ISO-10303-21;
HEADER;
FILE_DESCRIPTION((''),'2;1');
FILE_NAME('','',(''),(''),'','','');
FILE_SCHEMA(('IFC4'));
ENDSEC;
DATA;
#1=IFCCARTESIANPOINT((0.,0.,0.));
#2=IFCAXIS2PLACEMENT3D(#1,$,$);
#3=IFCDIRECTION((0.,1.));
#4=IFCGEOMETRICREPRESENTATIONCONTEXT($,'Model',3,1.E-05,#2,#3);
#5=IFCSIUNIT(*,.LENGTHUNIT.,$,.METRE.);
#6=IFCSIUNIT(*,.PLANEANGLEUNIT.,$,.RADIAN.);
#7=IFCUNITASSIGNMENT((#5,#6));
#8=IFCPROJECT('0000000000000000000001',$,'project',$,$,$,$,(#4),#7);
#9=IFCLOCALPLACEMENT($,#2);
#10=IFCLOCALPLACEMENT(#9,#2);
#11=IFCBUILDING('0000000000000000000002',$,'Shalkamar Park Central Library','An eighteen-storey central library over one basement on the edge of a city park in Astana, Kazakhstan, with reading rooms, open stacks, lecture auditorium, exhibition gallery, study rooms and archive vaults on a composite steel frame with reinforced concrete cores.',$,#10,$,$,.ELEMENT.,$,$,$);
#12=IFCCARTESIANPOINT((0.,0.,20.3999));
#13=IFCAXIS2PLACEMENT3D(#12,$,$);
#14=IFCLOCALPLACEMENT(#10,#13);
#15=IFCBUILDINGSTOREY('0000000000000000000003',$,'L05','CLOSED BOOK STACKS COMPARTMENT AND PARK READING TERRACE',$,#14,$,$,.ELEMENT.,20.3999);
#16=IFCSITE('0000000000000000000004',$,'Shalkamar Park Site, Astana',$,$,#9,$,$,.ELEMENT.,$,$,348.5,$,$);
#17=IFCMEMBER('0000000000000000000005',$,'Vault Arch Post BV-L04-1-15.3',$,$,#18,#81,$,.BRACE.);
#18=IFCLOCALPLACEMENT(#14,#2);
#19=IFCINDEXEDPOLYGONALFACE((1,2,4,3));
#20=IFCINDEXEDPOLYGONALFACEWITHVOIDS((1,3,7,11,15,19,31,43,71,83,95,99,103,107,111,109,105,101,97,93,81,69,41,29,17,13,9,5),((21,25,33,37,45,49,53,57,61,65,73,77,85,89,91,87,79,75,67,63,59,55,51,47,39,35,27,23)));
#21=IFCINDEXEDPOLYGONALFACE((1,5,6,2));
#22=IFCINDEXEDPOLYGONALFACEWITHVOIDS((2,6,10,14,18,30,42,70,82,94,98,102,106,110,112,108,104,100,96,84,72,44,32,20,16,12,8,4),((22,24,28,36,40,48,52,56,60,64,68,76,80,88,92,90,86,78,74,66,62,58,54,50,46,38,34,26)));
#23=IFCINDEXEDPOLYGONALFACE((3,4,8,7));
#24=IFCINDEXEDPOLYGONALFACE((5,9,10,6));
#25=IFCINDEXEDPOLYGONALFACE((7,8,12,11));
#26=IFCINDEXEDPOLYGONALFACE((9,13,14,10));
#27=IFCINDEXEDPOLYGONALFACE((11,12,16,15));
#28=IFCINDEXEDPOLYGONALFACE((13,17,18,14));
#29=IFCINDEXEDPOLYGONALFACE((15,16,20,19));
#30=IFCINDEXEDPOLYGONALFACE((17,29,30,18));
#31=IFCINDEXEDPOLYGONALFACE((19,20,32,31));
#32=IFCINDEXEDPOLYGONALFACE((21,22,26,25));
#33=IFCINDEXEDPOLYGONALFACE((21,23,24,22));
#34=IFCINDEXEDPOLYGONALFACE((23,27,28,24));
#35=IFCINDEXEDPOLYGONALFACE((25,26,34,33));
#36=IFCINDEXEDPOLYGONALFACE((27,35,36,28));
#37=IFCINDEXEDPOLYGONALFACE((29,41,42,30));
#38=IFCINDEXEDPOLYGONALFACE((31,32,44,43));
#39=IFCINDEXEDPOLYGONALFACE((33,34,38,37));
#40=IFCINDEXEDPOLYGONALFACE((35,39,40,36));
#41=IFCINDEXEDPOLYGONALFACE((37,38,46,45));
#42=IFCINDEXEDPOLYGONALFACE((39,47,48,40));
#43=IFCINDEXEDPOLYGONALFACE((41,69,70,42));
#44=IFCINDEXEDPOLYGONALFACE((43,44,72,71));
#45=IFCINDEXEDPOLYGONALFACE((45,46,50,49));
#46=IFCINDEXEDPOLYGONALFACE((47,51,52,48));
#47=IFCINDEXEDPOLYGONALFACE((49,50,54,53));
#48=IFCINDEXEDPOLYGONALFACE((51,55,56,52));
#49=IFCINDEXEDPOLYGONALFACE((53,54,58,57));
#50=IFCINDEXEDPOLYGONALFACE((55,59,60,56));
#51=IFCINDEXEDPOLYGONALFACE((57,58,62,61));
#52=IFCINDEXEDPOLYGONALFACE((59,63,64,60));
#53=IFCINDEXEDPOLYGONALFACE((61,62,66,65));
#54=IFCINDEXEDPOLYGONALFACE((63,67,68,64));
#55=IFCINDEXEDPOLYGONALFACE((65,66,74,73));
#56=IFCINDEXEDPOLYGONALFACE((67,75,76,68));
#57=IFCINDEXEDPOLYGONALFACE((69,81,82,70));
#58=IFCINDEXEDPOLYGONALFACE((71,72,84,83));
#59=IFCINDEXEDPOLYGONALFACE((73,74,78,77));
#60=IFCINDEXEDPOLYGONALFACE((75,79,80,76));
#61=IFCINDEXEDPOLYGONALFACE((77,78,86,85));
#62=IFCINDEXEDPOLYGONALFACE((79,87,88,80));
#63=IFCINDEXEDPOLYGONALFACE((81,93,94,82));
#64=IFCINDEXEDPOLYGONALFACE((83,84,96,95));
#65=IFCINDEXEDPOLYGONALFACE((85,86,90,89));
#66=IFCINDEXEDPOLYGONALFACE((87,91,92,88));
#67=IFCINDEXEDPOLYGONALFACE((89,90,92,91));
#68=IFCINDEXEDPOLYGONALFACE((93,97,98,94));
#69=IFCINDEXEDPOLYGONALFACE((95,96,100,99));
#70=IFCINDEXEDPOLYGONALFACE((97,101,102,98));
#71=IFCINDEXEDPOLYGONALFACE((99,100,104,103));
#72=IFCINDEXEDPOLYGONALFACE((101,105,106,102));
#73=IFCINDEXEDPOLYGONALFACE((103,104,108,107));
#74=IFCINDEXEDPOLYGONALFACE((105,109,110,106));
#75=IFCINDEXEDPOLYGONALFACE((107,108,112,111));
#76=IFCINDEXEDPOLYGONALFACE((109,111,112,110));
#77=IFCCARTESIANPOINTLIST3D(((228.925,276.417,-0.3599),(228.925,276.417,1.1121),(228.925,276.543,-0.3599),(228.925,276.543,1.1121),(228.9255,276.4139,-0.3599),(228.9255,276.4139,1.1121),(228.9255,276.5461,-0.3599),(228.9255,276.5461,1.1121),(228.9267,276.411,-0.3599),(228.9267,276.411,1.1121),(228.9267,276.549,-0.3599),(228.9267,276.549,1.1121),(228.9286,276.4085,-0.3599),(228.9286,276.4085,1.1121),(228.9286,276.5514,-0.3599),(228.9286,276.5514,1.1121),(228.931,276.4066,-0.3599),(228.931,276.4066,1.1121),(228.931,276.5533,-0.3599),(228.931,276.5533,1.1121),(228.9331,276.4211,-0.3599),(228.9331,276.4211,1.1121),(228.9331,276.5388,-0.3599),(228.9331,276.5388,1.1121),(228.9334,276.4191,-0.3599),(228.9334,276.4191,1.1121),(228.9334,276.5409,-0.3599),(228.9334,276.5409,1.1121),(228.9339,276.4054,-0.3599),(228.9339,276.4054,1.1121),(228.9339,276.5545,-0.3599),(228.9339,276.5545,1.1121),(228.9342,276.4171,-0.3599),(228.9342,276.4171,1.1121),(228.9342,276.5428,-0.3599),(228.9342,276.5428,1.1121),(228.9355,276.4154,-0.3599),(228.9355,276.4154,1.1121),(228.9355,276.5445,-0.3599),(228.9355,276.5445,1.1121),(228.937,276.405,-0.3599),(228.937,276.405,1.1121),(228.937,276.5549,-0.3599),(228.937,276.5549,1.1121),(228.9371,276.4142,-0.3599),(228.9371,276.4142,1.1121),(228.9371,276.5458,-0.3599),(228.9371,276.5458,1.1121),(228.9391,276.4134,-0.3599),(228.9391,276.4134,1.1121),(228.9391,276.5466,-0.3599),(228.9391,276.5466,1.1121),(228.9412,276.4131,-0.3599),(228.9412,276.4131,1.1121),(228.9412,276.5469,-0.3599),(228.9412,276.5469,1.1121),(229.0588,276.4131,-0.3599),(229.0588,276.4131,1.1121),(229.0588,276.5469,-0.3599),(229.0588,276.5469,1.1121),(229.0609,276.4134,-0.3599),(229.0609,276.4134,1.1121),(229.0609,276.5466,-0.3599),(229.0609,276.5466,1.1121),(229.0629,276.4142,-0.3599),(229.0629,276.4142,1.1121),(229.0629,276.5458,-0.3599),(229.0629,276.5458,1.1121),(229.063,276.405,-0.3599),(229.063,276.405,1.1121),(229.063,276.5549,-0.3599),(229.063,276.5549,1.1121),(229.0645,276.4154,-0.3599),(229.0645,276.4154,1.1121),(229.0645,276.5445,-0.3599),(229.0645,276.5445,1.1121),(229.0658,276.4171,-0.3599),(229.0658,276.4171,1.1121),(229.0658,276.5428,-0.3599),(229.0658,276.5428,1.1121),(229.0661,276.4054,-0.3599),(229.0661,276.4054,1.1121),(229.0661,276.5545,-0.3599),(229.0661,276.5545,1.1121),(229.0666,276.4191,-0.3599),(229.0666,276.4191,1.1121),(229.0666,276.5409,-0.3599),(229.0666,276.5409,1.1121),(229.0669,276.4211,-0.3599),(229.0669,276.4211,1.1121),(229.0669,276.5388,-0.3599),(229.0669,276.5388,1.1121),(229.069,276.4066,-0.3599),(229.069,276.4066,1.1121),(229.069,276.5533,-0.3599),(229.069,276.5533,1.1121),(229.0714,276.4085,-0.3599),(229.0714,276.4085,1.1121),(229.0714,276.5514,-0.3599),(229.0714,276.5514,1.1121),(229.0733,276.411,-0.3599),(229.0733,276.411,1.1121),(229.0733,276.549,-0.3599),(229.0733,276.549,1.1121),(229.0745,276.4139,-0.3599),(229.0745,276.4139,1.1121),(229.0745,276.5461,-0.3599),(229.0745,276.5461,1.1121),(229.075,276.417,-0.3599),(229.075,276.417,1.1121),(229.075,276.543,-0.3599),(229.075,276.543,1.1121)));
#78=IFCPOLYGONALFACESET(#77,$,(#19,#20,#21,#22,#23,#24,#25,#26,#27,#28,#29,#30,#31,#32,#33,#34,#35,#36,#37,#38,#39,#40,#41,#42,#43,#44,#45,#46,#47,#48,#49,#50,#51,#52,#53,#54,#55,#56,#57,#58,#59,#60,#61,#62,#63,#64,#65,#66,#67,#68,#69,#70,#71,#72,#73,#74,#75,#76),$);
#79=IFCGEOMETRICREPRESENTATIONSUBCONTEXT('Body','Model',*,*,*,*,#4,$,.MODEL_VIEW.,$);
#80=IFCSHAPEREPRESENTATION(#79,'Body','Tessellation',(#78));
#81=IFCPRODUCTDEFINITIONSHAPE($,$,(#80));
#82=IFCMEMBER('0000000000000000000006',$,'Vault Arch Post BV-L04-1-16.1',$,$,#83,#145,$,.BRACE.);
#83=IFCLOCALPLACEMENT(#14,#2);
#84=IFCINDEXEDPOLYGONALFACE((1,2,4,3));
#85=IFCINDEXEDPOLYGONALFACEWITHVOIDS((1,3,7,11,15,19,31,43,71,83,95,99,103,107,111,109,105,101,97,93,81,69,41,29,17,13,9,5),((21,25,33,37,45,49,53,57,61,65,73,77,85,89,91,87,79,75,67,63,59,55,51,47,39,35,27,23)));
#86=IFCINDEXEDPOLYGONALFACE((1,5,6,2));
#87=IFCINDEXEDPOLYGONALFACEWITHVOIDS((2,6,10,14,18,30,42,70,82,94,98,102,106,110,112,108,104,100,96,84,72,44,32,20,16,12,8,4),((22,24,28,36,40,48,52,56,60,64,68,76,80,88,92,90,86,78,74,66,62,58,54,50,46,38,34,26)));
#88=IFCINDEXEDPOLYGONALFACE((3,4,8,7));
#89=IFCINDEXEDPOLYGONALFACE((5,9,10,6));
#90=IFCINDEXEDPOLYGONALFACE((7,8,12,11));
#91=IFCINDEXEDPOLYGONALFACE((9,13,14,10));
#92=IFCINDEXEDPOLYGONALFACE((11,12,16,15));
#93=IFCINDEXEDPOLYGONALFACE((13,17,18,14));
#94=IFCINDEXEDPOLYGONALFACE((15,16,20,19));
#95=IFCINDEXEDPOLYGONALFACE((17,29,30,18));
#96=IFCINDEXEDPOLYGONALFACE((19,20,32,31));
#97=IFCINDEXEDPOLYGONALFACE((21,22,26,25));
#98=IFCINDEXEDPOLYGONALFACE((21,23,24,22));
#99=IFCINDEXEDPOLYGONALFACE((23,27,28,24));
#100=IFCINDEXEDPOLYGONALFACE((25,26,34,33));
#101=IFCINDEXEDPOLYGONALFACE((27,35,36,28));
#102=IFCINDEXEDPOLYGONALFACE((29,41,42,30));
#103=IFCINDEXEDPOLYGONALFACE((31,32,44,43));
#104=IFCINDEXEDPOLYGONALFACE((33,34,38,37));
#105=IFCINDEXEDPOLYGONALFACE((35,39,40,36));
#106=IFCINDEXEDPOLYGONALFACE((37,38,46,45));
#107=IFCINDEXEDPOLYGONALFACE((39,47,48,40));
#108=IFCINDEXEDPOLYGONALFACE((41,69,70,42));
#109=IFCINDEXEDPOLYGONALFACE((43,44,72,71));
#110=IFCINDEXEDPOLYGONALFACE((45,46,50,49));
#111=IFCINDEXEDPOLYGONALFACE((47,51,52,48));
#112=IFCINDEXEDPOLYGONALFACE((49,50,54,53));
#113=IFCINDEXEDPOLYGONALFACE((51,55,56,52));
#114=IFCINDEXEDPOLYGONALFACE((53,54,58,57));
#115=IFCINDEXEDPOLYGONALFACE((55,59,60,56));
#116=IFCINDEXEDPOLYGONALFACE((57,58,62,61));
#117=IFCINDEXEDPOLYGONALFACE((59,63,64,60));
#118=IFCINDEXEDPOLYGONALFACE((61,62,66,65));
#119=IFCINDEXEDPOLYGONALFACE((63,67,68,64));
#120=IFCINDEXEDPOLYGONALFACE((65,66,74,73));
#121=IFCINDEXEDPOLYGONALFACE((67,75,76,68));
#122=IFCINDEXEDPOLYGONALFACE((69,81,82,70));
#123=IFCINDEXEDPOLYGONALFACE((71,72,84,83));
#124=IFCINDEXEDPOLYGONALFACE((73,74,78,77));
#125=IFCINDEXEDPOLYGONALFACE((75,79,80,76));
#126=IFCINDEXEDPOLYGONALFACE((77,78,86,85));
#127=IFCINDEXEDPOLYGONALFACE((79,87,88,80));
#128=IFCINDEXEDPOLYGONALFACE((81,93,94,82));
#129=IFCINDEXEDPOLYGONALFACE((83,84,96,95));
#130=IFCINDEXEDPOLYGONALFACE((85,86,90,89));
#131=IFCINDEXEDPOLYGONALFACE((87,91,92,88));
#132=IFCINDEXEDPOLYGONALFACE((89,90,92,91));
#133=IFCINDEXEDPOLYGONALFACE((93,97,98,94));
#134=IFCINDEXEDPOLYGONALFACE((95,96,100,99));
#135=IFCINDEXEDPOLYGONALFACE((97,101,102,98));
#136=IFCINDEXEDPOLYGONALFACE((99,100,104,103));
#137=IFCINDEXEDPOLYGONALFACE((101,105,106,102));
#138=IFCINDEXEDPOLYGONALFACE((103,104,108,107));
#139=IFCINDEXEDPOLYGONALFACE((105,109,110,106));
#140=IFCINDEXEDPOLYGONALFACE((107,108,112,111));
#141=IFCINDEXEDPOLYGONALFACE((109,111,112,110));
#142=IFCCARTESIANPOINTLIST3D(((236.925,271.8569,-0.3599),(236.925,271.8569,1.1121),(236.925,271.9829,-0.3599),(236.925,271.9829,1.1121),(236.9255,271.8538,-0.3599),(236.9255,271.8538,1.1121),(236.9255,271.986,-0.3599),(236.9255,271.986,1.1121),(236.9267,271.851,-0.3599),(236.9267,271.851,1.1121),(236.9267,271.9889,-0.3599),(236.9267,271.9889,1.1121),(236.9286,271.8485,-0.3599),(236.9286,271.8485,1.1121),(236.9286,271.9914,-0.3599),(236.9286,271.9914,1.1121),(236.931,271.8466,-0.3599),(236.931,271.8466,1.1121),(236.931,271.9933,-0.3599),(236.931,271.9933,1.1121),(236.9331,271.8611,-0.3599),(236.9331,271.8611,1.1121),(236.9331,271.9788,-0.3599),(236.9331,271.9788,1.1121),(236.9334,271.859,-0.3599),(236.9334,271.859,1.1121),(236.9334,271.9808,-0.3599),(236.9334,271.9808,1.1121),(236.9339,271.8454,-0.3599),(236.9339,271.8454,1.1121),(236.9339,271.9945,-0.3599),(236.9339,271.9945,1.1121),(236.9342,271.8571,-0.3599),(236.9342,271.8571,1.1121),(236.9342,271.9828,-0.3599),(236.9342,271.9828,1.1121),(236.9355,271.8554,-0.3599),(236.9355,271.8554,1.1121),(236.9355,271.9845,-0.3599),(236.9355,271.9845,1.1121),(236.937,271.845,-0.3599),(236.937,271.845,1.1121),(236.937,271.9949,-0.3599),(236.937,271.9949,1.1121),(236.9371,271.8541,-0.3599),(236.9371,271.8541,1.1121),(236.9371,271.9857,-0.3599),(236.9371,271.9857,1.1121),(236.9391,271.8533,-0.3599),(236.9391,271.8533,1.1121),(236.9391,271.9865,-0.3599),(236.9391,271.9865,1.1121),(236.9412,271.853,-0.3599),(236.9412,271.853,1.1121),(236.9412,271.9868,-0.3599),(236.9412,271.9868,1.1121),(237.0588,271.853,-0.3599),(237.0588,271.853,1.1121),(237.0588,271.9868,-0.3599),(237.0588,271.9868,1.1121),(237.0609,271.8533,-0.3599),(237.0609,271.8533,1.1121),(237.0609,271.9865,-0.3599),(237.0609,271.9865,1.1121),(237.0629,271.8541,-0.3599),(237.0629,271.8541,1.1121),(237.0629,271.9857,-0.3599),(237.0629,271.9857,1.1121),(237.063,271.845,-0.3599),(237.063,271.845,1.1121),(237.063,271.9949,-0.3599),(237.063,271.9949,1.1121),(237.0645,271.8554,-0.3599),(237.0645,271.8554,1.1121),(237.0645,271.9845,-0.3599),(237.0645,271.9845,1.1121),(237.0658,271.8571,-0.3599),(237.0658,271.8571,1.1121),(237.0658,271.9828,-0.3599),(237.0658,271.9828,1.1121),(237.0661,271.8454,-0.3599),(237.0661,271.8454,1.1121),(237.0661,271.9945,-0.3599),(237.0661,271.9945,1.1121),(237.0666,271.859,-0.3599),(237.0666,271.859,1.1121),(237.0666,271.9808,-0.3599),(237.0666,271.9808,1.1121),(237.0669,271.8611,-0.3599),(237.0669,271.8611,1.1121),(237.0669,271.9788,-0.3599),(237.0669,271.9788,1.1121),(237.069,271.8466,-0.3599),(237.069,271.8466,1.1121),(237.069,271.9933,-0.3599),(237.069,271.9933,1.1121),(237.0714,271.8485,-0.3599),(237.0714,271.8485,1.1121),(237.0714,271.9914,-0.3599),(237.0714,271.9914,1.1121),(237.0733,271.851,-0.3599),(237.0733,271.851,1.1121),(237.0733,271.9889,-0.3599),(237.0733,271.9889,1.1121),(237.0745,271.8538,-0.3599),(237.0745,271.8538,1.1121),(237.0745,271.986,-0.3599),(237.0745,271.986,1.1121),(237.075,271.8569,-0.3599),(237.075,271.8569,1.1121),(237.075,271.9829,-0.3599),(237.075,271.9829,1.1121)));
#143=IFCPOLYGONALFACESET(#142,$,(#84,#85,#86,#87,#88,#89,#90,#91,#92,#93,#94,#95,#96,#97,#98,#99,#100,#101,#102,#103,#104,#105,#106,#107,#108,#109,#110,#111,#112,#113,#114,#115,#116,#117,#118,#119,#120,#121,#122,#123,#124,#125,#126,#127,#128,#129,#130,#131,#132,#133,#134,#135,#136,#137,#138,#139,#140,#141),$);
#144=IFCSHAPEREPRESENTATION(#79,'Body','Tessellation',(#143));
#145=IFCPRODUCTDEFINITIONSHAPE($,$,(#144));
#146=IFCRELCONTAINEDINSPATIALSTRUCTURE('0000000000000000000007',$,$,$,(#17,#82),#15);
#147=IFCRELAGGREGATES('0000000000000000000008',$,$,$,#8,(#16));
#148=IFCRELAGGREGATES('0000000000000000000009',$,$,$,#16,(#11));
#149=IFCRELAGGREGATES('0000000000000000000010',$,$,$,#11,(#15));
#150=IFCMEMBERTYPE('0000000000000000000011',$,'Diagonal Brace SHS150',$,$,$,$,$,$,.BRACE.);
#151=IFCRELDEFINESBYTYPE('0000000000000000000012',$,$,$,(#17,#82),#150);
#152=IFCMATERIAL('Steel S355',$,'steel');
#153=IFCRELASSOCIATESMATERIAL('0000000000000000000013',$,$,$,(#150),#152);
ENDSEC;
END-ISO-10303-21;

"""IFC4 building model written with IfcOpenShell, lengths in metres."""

from ifc_helpers import new_model, si_unit, direction, frame, origin, origin_2d, place, context, subcontext, project, spatial, hollow_rectangle, extrude, material, material_profile, profile_set, type_object, element, save


model = new_model("IFC4")

# Units and contexts
model_context = context("Model", 3, precision=1e-05, world=origin(), true_north=direction((0.0, 1.0)))
body_context = subcontext(model_context, "Body", "Model", "MODEL_VIEW")
ifc_project = project(units=[si_unit("LENGTHUNIT", "METRE"), si_unit("PLANEANGLEUNIT", "RADIAN")], contexts=[model_context])

# Site, building, storey
site_placement = place(None, origin())
site = spatial("IfcSite", under=ifc_project, at=site_placement, Name="Shalkamar Park Site, Astana", CompositionType="ELEMENT", RefElevation=348.5)
building_placement = place(site_placement, origin())
building = spatial("IfcBuilding", under=site, at=building_placement, Name="Shalkamar Park Central Library", Description="An eighteen-storey central library over one basement on the edge of a city park in Astana, Kazakhstan, with reading rooms, open stacks, lecture auditorium, exhibition gallery, study rooms and archive vaults on a composite steel frame with reinforced concrete cores.", CompositionType="ELEMENT")
storey_placement = place(building_placement, frame((0.0, 0.0, 20.3999)))
storey = spatial("IfcBuildingStorey", under=building, at=storey_placement, Name="L05", Description="CLOSED BOOK STACKS COMPARTMENT AND PARK READING TERRACE", CompositionType="ELEMENT", Elevation=20.3999)

# Members
ifc_material_1 = material(Name="Steel S355", Category="steel")
ifc_material_profile_1 = material_profile(ifc_material_1, hollow_rectangle(XDim=0.1499, YDim=0.1499, WallThickness=0.0081, InnerFilletRadius=0.0081, OuterFilletRadius=0.012, at=origin_2d()), Name="SHS 150x150x8")
ifc_profile_set_1 = profile_set([ifc_material_profile_1], Name="Steel S355")
member_type_1 = type_object("IfcMemberType", Name="Diagonal Brace SHS150", PredefinedType="BRACE", material=ifc_profile_set_1)
for number, where, z_axis, x_axis, name in (
    (1, (229.0, 276.48, -0.3599), (0.0, 0.0, 1.0), (1.0, 0.0, 0.0), "Vault Arch Post BV-L04-1-15.3"),
    (2, (237.0, 271.9199, -0.3599), (0.0, 0.0, 1.0), (1.0, 0.0, 0.0), "Vault Arch Post BV-L04-1-16.1"),
):
    element("IfcMember", number, at=place(storey_placement, frame(where, z_axis=z_axis, x_axis=x_axis)), inside=storey, type_object=member_type_1, Name=name, PredefinedType="BRACE", context=body_context, shape_type="SweptSolid", body=[
        extrude(hollow_rectangle(XDim=0.1499, YDim=0.1499, WallThickness=0.0081, InnerFilletRadius=0.0081, OuterFilletRadius=0.012, at=origin_2d()), origin(), (0.0, 0.0, 1.0), 1.4719),
    ])

save(model, "model.ifc")
